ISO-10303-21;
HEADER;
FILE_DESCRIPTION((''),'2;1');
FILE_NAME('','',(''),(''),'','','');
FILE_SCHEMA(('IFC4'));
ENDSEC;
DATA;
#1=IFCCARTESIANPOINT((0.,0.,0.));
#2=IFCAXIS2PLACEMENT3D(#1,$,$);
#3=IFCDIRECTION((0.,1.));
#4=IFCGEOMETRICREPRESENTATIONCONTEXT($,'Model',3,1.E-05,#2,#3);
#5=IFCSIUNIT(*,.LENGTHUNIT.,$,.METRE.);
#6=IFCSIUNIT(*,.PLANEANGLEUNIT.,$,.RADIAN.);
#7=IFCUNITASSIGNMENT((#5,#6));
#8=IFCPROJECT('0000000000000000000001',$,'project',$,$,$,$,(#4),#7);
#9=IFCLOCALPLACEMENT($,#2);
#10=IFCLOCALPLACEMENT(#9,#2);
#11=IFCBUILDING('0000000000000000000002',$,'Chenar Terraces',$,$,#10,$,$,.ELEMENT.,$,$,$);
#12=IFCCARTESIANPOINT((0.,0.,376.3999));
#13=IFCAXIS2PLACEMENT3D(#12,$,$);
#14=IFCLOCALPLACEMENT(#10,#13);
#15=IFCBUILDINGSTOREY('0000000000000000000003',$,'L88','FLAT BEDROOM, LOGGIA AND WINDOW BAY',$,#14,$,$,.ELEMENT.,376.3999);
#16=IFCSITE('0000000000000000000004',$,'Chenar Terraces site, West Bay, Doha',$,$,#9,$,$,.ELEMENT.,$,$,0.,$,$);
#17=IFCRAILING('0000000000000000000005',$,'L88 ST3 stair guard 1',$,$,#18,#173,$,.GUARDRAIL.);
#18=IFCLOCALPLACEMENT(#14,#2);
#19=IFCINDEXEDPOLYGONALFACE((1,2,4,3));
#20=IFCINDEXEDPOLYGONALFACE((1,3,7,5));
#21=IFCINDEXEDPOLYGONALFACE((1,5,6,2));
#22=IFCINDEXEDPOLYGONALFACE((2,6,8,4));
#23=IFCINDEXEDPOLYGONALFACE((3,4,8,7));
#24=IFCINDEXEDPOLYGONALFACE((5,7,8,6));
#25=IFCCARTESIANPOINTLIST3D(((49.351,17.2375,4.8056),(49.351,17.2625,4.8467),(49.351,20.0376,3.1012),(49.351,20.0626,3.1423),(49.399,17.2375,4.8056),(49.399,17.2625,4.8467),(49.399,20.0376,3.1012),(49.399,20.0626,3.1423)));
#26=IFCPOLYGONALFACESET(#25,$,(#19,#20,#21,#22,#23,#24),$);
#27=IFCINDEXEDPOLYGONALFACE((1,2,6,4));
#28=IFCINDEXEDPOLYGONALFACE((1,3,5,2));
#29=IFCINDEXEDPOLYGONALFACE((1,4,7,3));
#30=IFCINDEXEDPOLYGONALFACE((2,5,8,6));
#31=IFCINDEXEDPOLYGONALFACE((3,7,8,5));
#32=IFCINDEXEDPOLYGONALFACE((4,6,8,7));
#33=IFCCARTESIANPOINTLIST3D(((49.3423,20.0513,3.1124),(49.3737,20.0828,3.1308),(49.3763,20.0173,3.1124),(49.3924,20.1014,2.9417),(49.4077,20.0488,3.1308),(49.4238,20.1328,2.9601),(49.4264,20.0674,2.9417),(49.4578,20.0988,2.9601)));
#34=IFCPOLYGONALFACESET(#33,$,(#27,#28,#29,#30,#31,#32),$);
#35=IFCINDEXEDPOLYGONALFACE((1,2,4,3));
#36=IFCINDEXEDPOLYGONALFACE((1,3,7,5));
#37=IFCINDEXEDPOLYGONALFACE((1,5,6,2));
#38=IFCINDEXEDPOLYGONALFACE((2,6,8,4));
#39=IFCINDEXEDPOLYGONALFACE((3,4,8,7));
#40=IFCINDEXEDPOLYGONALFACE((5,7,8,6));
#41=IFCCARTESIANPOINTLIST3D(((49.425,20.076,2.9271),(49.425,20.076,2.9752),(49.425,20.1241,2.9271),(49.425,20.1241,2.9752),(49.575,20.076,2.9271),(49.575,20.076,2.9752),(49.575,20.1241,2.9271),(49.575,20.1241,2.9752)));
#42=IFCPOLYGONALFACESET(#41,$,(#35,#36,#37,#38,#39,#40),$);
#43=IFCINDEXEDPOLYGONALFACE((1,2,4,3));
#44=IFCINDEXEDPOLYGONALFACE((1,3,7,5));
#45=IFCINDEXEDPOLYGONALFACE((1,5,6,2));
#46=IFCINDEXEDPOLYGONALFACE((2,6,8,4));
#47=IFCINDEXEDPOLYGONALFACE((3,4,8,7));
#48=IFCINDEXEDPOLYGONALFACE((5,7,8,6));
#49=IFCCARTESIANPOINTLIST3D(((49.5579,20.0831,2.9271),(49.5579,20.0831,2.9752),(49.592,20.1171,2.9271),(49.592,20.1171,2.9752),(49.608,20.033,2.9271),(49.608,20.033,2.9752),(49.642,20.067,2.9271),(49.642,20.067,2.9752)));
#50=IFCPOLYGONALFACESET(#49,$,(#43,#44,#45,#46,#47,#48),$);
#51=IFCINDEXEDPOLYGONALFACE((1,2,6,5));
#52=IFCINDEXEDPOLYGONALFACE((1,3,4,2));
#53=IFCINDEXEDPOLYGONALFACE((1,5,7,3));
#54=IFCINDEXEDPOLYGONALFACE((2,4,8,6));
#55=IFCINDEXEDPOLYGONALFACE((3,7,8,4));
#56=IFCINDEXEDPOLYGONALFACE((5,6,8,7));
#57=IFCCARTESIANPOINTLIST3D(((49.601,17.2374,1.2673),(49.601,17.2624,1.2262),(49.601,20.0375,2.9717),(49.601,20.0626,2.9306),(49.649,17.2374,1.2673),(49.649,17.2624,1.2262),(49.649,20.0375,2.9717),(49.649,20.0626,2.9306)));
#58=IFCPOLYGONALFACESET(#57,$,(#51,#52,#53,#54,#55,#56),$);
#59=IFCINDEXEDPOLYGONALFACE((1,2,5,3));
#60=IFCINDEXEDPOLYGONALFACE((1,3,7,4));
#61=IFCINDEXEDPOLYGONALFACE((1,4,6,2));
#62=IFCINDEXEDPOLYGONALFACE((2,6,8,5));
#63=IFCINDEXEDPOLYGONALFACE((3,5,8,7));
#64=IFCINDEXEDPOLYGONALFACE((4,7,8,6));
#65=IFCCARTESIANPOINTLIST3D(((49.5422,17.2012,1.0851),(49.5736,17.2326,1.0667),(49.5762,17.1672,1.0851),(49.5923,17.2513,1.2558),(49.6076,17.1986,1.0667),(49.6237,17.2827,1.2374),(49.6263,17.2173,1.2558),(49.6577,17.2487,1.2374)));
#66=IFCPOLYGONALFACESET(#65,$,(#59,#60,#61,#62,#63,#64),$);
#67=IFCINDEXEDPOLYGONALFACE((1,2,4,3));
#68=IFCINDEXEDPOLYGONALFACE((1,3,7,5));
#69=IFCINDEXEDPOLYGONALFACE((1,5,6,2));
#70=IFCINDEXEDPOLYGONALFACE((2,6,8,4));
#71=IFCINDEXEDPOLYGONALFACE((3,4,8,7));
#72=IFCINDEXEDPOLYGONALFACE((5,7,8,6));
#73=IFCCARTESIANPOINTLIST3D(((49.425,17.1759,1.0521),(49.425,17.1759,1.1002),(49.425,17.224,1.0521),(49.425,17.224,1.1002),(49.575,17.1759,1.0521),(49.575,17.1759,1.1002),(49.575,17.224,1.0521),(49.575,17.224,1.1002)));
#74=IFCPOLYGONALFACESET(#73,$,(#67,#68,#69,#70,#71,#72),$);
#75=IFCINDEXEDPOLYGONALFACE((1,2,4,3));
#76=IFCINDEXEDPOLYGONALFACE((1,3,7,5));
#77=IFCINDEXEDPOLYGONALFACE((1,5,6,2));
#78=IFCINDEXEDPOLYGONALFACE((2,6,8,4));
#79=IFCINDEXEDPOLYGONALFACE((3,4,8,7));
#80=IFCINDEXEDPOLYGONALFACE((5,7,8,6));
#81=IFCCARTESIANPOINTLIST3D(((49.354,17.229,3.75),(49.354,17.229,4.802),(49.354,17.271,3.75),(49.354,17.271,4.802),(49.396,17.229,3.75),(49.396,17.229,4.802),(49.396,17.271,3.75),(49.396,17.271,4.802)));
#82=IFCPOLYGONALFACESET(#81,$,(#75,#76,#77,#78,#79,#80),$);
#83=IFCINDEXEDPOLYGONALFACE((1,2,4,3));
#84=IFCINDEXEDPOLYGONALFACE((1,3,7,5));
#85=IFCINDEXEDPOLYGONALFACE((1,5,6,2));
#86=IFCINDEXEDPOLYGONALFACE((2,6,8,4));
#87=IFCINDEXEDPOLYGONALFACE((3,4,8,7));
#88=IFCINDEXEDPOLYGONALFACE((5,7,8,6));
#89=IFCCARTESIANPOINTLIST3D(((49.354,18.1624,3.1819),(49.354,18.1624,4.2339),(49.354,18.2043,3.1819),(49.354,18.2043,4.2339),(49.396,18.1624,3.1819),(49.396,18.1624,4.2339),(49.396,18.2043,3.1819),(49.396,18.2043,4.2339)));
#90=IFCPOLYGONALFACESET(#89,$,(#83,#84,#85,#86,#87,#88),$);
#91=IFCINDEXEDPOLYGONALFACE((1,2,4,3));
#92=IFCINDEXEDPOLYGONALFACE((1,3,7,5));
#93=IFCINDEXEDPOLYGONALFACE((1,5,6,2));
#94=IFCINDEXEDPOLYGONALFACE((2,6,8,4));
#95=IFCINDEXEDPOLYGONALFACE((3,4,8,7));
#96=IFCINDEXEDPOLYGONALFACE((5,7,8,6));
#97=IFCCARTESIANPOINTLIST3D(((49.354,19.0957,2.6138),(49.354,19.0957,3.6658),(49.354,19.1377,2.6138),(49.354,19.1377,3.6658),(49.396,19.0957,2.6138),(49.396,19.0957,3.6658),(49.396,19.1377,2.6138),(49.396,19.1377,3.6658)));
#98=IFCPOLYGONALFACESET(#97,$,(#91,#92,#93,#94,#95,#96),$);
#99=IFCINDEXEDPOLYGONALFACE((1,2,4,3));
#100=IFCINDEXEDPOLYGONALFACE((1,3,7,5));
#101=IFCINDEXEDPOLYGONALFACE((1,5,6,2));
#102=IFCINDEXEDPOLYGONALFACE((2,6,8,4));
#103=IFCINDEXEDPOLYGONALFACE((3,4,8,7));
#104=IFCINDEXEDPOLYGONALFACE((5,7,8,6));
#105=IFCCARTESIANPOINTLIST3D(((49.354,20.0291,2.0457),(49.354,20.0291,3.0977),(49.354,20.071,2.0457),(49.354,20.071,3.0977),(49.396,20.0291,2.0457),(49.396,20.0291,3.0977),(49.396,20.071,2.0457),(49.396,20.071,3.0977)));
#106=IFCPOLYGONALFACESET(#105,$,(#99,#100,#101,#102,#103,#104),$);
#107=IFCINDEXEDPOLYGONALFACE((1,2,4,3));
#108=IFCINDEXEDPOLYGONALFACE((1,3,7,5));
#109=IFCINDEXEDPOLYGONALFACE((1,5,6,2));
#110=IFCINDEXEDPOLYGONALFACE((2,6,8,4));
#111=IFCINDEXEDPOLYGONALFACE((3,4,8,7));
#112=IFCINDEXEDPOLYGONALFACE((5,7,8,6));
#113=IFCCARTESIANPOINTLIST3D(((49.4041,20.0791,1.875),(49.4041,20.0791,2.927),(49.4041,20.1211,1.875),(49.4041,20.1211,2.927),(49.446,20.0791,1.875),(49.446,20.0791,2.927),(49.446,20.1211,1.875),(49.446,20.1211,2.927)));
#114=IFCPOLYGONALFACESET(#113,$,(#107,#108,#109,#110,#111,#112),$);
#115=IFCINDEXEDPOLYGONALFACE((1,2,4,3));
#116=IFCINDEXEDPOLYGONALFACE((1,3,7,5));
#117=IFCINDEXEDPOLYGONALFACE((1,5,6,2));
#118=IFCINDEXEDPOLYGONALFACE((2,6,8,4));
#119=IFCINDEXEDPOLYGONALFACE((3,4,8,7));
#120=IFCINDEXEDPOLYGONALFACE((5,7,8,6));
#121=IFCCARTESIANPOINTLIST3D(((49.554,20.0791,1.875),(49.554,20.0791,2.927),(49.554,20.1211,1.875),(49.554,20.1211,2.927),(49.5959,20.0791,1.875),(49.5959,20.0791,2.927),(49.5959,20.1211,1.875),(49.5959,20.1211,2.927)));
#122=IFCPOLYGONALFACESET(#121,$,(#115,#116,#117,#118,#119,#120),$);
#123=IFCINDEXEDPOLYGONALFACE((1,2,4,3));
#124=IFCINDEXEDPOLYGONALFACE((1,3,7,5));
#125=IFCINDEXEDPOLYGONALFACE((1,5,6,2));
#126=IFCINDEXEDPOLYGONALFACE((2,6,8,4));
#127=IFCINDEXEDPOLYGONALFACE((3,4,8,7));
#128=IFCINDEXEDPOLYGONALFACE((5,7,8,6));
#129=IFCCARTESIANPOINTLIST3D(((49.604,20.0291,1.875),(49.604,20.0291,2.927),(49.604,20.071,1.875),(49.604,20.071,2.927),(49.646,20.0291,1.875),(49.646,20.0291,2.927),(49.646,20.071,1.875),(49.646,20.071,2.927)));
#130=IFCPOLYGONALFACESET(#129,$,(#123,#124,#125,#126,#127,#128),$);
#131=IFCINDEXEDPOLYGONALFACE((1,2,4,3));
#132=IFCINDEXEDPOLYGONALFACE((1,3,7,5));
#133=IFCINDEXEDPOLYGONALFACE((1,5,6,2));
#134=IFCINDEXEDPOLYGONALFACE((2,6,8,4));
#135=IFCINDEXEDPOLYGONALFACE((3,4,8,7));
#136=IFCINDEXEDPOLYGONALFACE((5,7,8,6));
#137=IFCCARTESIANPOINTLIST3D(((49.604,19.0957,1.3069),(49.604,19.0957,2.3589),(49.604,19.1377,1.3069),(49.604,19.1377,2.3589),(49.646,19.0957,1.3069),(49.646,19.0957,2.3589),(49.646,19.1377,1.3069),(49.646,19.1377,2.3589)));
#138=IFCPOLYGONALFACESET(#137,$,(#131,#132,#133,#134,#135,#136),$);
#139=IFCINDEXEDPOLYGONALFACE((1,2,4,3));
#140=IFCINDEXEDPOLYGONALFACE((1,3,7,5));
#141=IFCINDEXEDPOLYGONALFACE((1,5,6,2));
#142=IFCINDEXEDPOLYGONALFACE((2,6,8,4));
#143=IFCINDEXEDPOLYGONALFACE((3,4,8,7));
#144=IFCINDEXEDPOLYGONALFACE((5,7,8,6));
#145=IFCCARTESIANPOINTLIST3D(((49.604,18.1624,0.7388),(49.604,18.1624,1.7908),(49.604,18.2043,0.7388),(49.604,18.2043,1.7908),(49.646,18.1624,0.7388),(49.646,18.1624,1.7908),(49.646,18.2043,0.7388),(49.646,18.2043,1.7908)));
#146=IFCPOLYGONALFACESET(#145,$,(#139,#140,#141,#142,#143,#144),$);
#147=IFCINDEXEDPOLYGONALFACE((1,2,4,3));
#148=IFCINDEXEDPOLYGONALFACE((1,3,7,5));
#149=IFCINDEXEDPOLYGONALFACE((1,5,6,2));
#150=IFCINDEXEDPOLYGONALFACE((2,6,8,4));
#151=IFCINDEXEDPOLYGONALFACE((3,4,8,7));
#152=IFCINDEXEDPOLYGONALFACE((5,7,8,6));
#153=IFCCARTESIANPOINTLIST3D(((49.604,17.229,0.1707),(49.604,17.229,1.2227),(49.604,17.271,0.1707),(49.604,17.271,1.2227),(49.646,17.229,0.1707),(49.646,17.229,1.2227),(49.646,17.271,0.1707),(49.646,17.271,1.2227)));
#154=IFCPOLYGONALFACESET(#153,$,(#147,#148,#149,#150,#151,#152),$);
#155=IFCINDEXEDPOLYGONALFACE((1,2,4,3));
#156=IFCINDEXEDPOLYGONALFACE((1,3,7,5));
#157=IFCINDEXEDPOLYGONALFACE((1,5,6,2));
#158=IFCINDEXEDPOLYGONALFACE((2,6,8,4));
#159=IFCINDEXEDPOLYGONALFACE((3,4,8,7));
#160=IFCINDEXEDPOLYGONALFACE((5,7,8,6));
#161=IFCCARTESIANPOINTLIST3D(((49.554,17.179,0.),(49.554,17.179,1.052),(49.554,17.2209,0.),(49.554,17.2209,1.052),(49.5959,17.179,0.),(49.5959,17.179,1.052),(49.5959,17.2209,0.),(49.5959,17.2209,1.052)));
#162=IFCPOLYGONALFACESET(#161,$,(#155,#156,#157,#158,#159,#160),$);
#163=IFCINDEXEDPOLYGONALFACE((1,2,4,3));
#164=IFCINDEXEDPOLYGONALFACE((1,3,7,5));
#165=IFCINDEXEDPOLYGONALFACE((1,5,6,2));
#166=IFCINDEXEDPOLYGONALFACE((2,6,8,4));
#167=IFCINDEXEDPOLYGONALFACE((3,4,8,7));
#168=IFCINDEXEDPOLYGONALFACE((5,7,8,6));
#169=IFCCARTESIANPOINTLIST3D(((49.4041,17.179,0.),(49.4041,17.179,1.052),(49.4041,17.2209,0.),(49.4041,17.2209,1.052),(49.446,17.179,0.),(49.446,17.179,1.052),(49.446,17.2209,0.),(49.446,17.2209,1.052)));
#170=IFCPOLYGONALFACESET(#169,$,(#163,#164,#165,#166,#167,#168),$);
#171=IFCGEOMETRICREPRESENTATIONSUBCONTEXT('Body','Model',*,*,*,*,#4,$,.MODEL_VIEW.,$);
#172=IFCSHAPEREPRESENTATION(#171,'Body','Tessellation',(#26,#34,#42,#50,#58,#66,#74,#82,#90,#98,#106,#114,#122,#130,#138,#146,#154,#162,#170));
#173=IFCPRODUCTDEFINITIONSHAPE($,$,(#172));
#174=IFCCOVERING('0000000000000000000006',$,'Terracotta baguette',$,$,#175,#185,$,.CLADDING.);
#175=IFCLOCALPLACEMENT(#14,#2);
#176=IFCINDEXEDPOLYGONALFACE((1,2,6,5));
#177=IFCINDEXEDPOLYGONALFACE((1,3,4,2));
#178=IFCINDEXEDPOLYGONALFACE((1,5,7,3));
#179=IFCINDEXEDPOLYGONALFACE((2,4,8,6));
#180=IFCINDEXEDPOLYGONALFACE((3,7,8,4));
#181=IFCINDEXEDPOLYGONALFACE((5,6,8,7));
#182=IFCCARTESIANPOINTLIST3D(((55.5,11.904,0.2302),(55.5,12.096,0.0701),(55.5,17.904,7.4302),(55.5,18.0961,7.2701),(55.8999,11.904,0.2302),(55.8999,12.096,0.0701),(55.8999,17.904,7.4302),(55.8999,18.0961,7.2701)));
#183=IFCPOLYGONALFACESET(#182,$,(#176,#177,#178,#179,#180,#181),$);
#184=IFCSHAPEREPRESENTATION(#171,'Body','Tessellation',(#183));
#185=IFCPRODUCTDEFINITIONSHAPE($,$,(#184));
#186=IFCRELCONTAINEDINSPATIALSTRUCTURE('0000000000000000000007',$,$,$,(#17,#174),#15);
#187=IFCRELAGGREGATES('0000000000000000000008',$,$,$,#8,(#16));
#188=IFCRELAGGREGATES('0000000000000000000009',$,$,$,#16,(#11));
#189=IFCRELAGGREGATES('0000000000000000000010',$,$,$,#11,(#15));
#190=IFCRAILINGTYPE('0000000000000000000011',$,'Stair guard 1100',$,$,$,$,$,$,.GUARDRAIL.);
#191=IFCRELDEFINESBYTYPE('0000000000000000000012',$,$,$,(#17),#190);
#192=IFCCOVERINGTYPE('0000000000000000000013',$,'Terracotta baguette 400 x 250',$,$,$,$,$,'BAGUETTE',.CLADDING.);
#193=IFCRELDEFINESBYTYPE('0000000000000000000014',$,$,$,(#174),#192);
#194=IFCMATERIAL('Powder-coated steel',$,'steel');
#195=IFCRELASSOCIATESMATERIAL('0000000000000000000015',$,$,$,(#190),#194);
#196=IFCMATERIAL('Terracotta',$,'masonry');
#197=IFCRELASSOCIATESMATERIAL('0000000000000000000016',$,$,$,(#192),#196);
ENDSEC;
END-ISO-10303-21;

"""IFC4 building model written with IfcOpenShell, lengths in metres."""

from ifc_helpers import new_model, si_unit, direction, frame, origin, origin_2d, place, context, subcontext, project, spatial, rectangle, extrude, material, material_profile, profile_set, type_object, element, save


model = new_model("IFC4")

# Units and contexts
model_context = context("Model", 3, precision=1e-05, world=origin(), true_north=direction((0.0, 1.0)))
body_context = subcontext(model_context, "Body", "Model", "MODEL_VIEW")
ifc_project = project(units=[si_unit("LENGTHUNIT", "METRE"), si_unit("PLANEANGLEUNIT", "RADIAN")], contexts=[model_context])

# Site, building, storey
site_placement = place(None, origin())
site = spatial("IfcSite", under=ifc_project, at=site_placement, Name="Chenar Terraces site, West Bay, Doha", CompositionType="ELEMENT", RefElevation=0.0)
building_placement = place(site_placement, origin())
building = spatial("IfcBuilding", under=site, at=building_placement, Name="Chenar Terraces", CompositionType="ELEMENT")
storey_placement = place(building_placement, frame((0.0, 0.0, 376.3999)))
storey = spatial("IfcBuildingStorey", under=building, at=storey_placement, Name="L88", Description="FLAT BEDROOM, LOGGIA AND WINDOW BAY", CompositionType="ELEMENT", Elevation=376.3999)

# Railing
ifc_material_1 = material(Name="Powder-coated steel", Category="steel")
railing_type_1 = type_object("IfcRailingType", Name="Stair guard 1100", PredefinedType="GUARDRAIL", material=ifc_material_1)
railing_1_placement = place(storey_placement, frame((49.375, 17.25, 3.75)))
element("IfcRailing", 1, at=railing_1_placement, inside=storey, type_object=railing_type_1, Name="L88 ST3 stair guard 1", PredefinedType="GUARDRAIL", context=body_context, shape_type="SweptSolid", body=[
    extrude(rectangle(XDim=0.0481, YDim=0.0481, at=origin_2d()), frame((0.0, 0.0, 1.0762), z_axis=(0.0, 0.854203, -0.51994), x_axis=(-1.0, 0.0, 0.0)), (0.0, 0.0, 1.0), 3.2781),
    extrude(rectangle(XDim=0.0481, YDim=0.0481, at=origin_2d()), frame((0.0, 2.8, -0.6284), z_axis=(0.2709, 0.2709, -0.923703), x_axis=(-0.707107, 0.707107, 0.0)), (0.0, 0.0, 1.0), 0.1848),
    extrude(rectangle(XDim=0.0481, YDim=0.0481, at=origin_2d()), frame((0.05, 2.8501, -0.7988), z_axis=(1.0, 0.0, 0.0), x_axis=(0.0, 1.0, 0.0)), (0.0, 0.0, 1.0), 0.1499),
    extrude(rectangle(XDim=0.0481, YDim=0.0481, at=origin_2d()), frame((0.2, 2.8501, -0.7988), z_axis=(0.707107, -0.707107, 0.0), x_axis=(0.707107, 0.707107, 0.0)), (0.0, 0.0, 1.0), 0.0708),
    extrude(rectangle(XDim=0.0481, YDim=0.0481, at=origin_2d()), frame((0.25, 2.8, -0.7988), z_axis=(0.0, -0.854203, -0.51994), x_axis=(1.0, 0.0, 0.0)), (0.0, 0.0, 1.0), 3.2781),
    extrude(rectangle(XDim=0.0481, YDim=0.0481, at=origin_2d()), frame((0.25, 0.0, -2.5034), z_axis=(-0.2709, -0.2709, -0.923703), x_axis=(0.707107, -0.707107, 0.0)), (0.0, 0.0, 1.0), 0.1848),
    extrude(rectangle(XDim=0.0481, YDim=0.0481, at=origin_2d()), frame((0.2, -0.05, -2.6738), z_axis=(-1.0, 0.0, 0.0), x_axis=(0.0, -1.0, 0.0)), (0.0, 0.0, 1.0), 0.1499),
    extrude(rectangle(XDim=0.042, YDim=0.042, at=origin_2d()), origin(), (0.0, 0.0, 1.0), 1.052),
    extrude(rectangle(XDim=0.042, YDim=0.042, at=origin_2d()), frame((0.0, 0.9333, -0.5681)), (0.0, 0.0, 1.0), 1.052),
    extrude(rectangle(XDim=0.042, YDim=0.042, at=origin_2d()), frame((0.0, 1.8667, -1.1362)), (0.0, 0.0, 1.0), 1.052),
    extrude(rectangle(XDim=0.042, YDim=0.042, at=origin_2d()), frame((0.0, 2.8, -1.7043)), (0.0, 0.0, 1.0), 1.052),
    extrude(rectangle(XDim=0.042, YDim=0.042, at=origin_2d()), frame((0.05, 2.8501, -1.875)), (0.0, 0.0, 1.0), 1.052),
    extrude(rectangle(XDim=0.042, YDim=0.042, at=origin_2d()), frame((0.2, 2.8501, -1.875)), (0.0, 0.0, 1.0), 1.052),
    extrude(rectangle(XDim=0.042, YDim=0.042, at=origin_2d()), frame((0.25, 2.8, -1.875)), (0.0, 0.0, 1.0), 1.052),
    extrude(rectangle(XDim=0.042, YDim=0.042, at=origin_2d()), frame((0.25, 1.8667, -2.4431)), (0.0, 0.0, 1.0), 1.052),
    extrude(rectangle(XDim=0.042, YDim=0.042, at=origin_2d()), frame((0.25, 0.9333, -3.0112)), (0.0, 0.0, 1.0), 1.052),
    extrude(rectangle(XDim=0.042, YDim=0.042, at=origin_2d()), frame((0.25, 0.0, -3.5793)), (0.0, 0.0, 1.0), 1.052),
    extrude(rectangle(XDim=0.042, YDim=0.042, at=origin_2d()), frame((0.2, -0.05, -3.75)), (0.0, 0.0, 1.0), 1.052),
    extrude(rectangle(XDim=0.042, YDim=0.042, at=origin_2d()), frame((0.05, -0.05, -3.75)), (0.0, 0.0, 1.0), 1.052),
])

# Covering
ifc_material_2 = material(Name="Terracotta", Category="masonry")
ifc_material_profile_1 = material_profile(ifc_material_2, rectangle(XDim=0.3999, YDim=0.25, at=origin_2d()), Name="Terracotta baguette 400 x 250")
ifc_profile_set_1 = profile_set([ifc_material_profile_1], Name="Terracotta")
covering_type = type_object("IfcCoveringType", Name="Terracotta baguette 400 x 250", ElementType="BAGUETTE", PredefinedType="CLADDING", material=ifc_profile_set_1)
covering_placement = place(storey_placement, frame((55.7, 12.0, 0.1501), z_axis=(0.0, 0.640187, 0.768219), x_axis=(-1.0, 0.0, 0.0)))
element("IfcCovering", 2, at=covering_placement, inside=storey, type_object=covering_type, Name="Terracotta baguette", PredefinedType="CLADDING", context=body_context, shape_type="SweptSolid", body=[
    extrude(rectangle(XDim=0.3999, YDim=0.25, at=origin_2d()), origin(), (0.0, 0.0, 1.0), 9.3723),
])

save(model, "model.ifc")
